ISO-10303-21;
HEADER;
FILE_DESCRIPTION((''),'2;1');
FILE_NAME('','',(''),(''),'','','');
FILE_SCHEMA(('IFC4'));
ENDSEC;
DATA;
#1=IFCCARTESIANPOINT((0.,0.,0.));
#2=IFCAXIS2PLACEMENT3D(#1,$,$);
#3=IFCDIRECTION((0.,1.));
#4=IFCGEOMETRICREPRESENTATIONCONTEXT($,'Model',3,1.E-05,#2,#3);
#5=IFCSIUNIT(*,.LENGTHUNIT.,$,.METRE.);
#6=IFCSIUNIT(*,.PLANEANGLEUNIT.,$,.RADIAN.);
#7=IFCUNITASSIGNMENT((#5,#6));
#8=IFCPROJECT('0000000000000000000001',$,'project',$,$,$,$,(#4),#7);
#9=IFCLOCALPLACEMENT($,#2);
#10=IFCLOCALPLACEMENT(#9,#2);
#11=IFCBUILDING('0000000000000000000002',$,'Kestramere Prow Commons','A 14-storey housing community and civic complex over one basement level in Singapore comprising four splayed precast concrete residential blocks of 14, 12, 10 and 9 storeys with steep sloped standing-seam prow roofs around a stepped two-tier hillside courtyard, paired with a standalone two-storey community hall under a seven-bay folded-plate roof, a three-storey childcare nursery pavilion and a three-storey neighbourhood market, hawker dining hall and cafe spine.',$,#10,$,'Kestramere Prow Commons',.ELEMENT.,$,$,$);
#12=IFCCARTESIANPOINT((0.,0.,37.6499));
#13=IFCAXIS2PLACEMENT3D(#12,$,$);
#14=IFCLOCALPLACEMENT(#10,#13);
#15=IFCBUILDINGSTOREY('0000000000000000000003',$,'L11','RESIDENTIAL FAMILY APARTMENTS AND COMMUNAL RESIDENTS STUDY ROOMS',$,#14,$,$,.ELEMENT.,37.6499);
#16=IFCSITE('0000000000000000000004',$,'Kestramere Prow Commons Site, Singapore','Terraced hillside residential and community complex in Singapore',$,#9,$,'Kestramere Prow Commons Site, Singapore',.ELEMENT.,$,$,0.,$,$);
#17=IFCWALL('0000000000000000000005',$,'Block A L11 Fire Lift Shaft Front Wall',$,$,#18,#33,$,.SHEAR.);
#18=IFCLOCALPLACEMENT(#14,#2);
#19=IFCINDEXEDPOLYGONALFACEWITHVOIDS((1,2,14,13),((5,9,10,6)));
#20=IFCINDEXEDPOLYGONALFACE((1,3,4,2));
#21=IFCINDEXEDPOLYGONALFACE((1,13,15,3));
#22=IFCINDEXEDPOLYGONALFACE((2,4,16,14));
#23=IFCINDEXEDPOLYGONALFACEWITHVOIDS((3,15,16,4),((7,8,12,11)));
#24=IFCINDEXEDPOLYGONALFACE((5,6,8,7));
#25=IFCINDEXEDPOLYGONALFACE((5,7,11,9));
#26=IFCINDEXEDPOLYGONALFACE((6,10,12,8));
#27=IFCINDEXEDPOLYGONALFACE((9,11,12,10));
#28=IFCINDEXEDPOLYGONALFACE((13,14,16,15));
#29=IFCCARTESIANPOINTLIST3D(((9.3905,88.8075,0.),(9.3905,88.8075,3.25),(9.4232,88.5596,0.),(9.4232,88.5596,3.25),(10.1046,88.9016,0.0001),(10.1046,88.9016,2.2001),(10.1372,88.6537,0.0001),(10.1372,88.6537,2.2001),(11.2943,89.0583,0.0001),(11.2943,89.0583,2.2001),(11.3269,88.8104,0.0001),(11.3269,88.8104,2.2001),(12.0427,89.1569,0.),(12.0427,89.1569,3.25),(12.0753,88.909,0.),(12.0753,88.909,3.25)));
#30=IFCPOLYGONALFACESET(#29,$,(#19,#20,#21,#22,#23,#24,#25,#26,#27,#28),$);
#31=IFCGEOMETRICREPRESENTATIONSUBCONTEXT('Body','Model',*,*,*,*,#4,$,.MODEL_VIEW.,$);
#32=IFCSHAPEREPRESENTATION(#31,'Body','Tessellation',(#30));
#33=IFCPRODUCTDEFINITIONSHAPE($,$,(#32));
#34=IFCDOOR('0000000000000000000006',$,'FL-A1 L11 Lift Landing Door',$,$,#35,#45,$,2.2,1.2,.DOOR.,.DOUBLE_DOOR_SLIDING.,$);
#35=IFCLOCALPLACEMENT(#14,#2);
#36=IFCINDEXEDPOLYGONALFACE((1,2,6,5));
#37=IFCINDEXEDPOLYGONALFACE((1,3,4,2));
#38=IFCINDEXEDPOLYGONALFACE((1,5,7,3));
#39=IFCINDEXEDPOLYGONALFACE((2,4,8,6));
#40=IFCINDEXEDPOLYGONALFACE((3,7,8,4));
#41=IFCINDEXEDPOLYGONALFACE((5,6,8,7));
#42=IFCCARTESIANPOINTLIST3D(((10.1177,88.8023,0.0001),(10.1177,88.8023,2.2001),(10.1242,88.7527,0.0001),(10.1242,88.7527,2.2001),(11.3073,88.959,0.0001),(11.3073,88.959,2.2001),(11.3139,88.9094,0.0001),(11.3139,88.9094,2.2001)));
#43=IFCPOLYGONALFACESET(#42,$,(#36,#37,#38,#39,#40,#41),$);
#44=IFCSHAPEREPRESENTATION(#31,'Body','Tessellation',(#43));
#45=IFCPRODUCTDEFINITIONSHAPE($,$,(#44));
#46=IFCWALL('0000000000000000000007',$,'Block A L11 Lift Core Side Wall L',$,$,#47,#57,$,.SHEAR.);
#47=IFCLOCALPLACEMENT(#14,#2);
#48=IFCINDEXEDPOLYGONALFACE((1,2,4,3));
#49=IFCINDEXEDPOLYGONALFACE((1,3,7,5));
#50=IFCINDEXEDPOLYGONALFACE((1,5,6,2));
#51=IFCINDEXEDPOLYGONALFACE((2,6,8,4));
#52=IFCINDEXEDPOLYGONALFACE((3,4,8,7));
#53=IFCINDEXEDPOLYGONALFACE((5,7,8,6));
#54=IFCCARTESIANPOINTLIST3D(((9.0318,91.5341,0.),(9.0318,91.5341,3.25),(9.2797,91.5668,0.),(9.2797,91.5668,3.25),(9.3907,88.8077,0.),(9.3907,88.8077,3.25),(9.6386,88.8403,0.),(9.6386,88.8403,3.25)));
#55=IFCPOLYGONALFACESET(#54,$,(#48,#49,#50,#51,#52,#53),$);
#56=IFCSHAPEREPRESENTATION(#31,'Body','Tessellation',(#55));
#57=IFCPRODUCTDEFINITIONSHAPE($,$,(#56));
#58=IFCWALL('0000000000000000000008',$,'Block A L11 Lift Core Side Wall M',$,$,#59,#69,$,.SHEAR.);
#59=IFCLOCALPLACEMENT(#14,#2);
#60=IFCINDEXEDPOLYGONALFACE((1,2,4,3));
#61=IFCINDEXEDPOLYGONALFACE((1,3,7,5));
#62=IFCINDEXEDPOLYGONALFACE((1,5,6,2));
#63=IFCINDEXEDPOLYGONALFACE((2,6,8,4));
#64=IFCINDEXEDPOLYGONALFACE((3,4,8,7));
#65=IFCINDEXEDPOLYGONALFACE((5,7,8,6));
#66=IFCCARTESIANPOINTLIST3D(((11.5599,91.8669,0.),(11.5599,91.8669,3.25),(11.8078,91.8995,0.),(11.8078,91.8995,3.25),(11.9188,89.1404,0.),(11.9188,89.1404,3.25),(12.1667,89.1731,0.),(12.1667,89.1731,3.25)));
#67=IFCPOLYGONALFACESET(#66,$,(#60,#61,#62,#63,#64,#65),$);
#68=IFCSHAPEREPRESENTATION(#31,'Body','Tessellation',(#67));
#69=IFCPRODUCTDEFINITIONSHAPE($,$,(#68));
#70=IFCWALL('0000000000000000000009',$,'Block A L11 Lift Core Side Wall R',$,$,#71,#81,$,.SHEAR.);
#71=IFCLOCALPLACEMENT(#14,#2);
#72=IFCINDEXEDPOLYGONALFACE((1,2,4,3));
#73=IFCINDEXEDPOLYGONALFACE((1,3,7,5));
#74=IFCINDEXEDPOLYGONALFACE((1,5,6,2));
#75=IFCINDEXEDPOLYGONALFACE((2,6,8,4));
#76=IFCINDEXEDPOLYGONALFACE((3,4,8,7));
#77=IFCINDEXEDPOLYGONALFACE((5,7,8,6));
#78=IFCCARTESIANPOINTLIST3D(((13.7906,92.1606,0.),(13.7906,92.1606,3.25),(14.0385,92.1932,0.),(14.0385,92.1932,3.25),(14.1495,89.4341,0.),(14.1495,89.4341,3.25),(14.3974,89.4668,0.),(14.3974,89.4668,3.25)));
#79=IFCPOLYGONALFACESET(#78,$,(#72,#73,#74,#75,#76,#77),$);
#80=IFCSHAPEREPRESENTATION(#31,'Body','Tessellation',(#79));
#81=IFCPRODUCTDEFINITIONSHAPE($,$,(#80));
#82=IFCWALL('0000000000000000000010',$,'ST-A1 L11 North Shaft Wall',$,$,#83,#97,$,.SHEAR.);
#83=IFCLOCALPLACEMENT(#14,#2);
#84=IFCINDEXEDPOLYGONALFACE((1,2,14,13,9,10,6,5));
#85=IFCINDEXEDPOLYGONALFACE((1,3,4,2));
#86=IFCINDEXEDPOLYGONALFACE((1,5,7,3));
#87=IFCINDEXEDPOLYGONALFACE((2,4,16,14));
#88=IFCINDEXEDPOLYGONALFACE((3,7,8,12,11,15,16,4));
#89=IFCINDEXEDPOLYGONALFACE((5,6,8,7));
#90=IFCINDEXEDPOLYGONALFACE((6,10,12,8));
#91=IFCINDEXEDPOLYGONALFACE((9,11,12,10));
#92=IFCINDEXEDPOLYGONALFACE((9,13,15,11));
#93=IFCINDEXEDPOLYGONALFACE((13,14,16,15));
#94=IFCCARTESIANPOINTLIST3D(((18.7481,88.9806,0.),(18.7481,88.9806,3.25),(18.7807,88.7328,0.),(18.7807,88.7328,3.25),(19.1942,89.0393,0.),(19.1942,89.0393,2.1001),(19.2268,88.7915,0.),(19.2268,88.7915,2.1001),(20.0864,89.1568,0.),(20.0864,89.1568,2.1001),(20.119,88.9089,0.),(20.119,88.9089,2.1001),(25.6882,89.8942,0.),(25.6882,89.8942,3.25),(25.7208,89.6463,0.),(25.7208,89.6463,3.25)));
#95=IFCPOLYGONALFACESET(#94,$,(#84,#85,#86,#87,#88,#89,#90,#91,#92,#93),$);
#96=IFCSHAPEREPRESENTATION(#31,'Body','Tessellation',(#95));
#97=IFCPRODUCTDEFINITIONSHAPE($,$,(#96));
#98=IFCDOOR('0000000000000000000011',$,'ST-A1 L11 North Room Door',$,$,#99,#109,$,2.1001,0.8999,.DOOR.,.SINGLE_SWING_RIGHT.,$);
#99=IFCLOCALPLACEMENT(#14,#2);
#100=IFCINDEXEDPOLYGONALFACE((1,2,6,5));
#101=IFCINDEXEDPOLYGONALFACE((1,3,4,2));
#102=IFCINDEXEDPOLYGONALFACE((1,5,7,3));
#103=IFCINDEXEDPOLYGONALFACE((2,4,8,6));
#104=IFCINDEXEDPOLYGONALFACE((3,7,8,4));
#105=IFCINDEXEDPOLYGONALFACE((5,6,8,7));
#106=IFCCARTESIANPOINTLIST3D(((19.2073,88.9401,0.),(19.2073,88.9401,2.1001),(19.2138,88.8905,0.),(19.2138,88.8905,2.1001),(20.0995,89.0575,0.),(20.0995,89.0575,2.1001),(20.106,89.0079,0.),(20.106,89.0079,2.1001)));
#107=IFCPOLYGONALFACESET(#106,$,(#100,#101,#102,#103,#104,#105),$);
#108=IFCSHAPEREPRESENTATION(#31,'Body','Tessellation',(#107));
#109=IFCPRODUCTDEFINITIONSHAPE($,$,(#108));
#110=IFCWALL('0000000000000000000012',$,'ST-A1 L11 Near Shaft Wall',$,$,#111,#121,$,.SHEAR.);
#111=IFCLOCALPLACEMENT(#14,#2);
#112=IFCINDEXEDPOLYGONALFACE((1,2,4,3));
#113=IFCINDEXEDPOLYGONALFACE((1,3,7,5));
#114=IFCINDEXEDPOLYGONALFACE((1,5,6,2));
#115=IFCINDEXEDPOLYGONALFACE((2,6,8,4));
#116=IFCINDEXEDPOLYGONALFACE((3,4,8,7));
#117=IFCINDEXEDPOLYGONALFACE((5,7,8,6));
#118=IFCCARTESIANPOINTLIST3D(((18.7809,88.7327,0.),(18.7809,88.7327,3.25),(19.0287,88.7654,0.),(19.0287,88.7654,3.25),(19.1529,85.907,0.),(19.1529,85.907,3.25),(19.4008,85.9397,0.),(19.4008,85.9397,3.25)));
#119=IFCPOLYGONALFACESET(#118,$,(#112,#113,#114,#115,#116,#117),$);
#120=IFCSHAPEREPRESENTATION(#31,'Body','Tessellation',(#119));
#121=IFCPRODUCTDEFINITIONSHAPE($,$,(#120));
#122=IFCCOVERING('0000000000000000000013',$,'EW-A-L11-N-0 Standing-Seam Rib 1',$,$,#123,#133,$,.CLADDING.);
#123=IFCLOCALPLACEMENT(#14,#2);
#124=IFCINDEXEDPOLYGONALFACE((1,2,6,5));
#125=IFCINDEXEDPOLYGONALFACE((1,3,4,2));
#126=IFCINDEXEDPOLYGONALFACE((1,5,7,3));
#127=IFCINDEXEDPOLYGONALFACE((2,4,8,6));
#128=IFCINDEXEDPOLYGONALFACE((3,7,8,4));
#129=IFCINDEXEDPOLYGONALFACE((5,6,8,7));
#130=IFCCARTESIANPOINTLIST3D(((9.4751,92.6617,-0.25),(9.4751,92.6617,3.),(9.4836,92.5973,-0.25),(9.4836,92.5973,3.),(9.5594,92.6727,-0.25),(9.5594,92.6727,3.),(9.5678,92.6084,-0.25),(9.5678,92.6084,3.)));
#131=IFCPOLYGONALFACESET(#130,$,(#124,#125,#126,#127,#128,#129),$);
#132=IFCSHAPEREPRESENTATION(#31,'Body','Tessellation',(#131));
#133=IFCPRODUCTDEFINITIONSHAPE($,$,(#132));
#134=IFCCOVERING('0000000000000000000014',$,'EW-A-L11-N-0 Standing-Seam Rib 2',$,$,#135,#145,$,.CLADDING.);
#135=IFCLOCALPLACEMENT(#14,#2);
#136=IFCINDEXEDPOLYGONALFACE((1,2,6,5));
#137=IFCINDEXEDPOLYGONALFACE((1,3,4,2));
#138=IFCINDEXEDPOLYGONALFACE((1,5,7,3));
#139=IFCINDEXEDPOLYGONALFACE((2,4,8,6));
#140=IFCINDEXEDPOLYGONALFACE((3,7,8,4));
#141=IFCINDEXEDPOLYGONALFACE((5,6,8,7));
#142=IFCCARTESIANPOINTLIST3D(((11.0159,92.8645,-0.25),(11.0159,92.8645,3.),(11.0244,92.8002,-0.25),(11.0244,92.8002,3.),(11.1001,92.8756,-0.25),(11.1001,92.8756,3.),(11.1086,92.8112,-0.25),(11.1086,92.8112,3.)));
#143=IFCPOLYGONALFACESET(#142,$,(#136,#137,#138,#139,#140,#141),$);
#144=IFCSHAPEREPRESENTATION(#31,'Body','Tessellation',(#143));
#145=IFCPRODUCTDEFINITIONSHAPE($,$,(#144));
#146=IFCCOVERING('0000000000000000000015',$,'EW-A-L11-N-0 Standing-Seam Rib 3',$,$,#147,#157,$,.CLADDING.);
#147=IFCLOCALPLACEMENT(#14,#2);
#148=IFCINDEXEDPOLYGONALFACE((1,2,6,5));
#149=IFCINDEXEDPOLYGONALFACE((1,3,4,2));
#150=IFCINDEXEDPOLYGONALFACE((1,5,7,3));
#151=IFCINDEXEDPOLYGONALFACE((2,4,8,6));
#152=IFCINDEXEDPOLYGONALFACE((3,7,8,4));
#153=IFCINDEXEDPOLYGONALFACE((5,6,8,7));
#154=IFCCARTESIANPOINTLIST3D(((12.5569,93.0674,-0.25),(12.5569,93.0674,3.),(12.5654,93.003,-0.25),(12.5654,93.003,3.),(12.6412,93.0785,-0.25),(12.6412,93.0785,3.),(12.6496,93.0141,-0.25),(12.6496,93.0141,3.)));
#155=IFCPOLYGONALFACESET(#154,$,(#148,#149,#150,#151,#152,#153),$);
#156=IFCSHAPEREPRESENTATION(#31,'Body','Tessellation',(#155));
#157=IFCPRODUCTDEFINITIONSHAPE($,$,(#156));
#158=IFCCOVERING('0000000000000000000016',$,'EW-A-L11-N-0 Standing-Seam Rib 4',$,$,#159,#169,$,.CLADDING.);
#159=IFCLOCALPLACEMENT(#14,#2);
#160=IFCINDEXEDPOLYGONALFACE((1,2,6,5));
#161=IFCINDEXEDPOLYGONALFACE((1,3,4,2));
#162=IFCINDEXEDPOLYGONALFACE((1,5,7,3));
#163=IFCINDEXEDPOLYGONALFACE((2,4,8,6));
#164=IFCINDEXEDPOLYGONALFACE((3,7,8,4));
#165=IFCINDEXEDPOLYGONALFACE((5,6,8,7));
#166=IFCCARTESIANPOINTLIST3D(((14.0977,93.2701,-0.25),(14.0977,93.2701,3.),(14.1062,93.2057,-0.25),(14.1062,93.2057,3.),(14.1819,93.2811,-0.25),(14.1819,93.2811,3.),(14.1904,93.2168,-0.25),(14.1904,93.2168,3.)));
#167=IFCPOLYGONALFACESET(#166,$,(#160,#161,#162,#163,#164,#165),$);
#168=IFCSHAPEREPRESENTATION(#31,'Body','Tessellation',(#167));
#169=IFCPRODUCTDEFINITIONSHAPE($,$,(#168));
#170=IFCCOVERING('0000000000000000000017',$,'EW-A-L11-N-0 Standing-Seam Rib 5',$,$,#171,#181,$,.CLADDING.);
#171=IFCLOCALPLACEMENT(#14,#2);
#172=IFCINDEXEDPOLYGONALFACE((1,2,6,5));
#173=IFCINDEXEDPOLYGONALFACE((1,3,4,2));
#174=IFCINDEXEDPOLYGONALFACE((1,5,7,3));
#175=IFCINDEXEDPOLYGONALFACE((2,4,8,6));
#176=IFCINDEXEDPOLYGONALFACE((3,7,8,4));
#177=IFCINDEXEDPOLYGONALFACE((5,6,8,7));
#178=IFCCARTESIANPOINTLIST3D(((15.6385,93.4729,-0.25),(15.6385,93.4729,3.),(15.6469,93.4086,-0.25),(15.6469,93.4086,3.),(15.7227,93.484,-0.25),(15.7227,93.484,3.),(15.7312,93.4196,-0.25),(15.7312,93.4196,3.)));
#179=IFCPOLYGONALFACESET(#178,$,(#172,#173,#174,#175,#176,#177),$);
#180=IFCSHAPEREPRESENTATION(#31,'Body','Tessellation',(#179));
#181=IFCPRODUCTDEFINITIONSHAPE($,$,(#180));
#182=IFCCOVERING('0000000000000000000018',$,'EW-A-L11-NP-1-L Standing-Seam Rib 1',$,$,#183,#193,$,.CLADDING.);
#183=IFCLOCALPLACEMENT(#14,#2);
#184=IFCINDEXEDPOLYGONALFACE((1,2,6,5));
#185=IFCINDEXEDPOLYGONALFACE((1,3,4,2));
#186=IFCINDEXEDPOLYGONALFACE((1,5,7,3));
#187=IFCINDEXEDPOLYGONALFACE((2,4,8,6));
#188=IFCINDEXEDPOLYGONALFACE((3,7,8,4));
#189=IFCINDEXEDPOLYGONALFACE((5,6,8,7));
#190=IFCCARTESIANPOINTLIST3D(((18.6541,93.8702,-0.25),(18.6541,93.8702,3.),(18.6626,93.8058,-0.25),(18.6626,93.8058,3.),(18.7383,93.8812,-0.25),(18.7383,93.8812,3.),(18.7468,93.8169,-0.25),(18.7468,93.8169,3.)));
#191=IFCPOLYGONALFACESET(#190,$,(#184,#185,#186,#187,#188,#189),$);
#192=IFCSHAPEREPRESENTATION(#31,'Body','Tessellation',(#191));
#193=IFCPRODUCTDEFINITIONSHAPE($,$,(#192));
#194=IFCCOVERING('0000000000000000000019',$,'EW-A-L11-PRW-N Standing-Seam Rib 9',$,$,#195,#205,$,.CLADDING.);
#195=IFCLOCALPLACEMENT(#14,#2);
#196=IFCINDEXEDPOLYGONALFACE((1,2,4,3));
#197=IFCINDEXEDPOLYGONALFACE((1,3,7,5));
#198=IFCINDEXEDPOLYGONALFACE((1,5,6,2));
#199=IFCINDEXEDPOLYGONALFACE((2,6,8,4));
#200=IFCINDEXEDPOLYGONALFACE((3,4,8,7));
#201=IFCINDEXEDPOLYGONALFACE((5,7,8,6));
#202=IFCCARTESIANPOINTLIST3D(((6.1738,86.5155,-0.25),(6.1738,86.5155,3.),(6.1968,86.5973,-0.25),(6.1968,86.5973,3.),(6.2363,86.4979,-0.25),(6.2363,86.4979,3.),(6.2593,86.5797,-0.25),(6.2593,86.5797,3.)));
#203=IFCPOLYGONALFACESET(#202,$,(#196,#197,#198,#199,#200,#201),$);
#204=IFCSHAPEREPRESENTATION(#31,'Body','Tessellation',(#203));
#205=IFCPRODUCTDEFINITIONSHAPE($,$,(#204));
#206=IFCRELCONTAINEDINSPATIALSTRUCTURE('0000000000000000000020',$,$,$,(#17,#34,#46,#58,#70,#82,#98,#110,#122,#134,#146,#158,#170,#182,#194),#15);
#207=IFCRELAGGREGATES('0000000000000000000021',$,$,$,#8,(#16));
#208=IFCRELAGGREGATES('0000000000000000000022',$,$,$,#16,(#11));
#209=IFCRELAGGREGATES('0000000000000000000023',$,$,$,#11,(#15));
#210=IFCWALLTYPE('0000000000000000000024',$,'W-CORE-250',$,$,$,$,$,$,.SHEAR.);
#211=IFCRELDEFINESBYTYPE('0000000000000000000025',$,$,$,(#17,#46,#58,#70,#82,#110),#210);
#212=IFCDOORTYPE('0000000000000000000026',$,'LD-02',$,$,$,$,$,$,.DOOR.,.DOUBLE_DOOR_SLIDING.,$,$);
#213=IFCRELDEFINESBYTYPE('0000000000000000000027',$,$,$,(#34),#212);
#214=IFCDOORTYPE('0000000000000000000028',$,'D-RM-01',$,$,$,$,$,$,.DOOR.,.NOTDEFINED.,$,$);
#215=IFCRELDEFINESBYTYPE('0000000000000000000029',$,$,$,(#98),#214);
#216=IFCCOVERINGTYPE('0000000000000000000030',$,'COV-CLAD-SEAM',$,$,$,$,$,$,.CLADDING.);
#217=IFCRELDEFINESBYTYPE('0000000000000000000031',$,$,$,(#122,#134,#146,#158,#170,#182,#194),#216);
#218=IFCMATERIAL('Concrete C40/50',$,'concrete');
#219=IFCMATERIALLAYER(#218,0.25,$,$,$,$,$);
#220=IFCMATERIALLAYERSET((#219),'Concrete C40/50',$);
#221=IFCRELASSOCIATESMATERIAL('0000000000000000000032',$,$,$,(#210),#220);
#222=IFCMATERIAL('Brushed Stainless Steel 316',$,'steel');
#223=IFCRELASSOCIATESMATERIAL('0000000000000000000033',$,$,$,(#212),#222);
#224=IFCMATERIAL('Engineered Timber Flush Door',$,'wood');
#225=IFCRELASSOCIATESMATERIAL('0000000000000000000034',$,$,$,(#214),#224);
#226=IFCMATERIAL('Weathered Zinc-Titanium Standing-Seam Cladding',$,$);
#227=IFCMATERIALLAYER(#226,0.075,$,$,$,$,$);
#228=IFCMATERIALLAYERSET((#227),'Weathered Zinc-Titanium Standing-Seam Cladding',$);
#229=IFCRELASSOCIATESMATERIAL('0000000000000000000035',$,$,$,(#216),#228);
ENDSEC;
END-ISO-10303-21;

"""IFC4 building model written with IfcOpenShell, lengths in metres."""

from ifc_helpers import new_model, si_unit, direction, frame, frame_2d, origin, origin_2d, place, context, subcontext, project, spatial, rectangle, extrude, material, layer, layer_set, type_object, element, fill, save


model = new_model("IFC4")

# Units and contexts
model_context = context("Model", 3, precision=1e-05, world=origin(), true_north=direction((0.0, 1.0)))
body_context = subcontext(model_context, "Body", "Model", "MODEL_VIEW")
ifc_project = project(units=[si_unit("LENGTHUNIT", "METRE"), si_unit("PLANEANGLEUNIT", "RADIAN")], contexts=[model_context])

# Site, building, storey
site_placement = place(None, origin())
site = spatial("IfcSite", under=ifc_project, at=site_placement, Name="Kestramere Prow Commons Site, Singapore", Description="Terraced hillside residential and community complex in Singapore", LongName="Kestramere Prow Commons Site, Singapore", CompositionType="ELEMENT", RefElevation=0.0)
building_placement = place(site_placement, origin())
building = spatial("IfcBuilding", under=site, at=building_placement, Name="Kestramere Prow Commons", Description="A 14-storey housing community and civic complex over one basement level in Singapore comprising four splayed precast concrete residential blocks of 14, 12, 10 and 9 storeys with steep sloped standing-seam prow roofs around a stepped two-tier hillside courtyard, paired with a standalone two-storey community hall under a seven-bay folded-plate roof, a three-storey childcare nursery pavilion and a three-storey neighbourhood market, hawker dining hall and cafe spine.", LongName="Kestramere Prow Commons", CompositionType="ELEMENT")
storey_placement = place(building_placement, frame((0.0, 0.0, 37.6499)))
storey = spatial("IfcBuildingStorey", under=building, at=storey_placement, Name="L11", Description="RESIDENTIAL FAMILY APARTMENTS AND COMMUNAL RESIDENTS STUDY ROOMS", CompositionType="ELEMENT", Elevation=37.6499)

# Shared definitions
ifc_material_1 = material(Name="Concrete C40/50", Category="concrete")
ifc_layer_1 = layer(ifc_material_1, 0.25)
ifc_layer_set_1 = layer_set([ifc_layer_1], Name="Concrete C40/50")
wall_type_1 = type_object("IfcWallType", Name="W-CORE-250", PredefinedType="SHEAR", material=ifc_layer_set_1)

# Wall, opening, door
wall_1_placement = place(storey_placement, frame((9.407, 88.6836, 0.0), z_axis=(0.0, 0.0, 1.0), x_axis=(0.991435, 0.130603, 0.0)))
wall_1 = element("IfcWall", 1, at=wall_1_placement, inside=storey, type_object=wall_type_1, Name="Block A L11 Fire Lift Shaft Front Wall", PredefinedType="SHEAR", context=body_context, shape_type="SweptSolid", body=[
    extrude(rectangle(XDim=2.675, YDim=0.25, at=frame_2d((1.3374, 0.0))), origin(), (0.0, 0.0, 1.0), 3.25),
])
opening_1_placement = place(wall_1_placement, frame((0.72, 0.0, 0.0)))
opening_1 = element("IfcOpeningElement", 2, at=opening_1_placement, cuts=wall_1, PredefinedType="OPENING", context=body_context, shape_type="SweptSolid", body=[
    extrude(rectangle(XDim=1.2, YDim=2.2, at=frame_2d((0.6001, 1.1001))), frame((0.0, 0.1399, 0.0), z_axis=(0.0, -1.0, 0.0), x_axis=(1.0, 0.0, 0.0)), (0.0, 0.0, 1.0), 0.28),
])
ifc_material_2 = material(Name="Brushed Stainless Steel 316", Category="steel")
door_type_1 = type_object("IfcDoorType", Name="LD-02", OperationType="DOUBLE_DOOR_SLIDING", PredefinedType="DOOR", material=ifc_material_2)
door_1_placement = place(opening_1_placement, origin())
door_1 = element("IfcDoor", 3, at=door_1_placement, inside=storey, type_object=door_type_1, Name="FL-A1 L11 Lift Landing Door", OperationType="DOUBLE_DOOR_SLIDING", OverallHeight=2.2, OverallWidth=1.2, PredefinedType="DOOR", context=body_context, shape_type="SweptSolid", body=[
    extrude(rectangle(XDim=1.2, YDim=2.2, at=frame_2d((0.6001, 1.1001))), frame((0.0, 0.0249, 0.0), z_axis=(0.0, -1.0, 0.0), x_axis=(1.0, 0.0, 0.0)), (0.0, 0.0, 1.0), 0.05),
])
fill(opening_1, door_1)

# Walls
for number, where, z_axis, x_axis, name in (
    (4, (9.5146, 88.824, 0.0), (0.0, 0.0, 1.0), (-0.1305, 0.991448, 0.0), "Block A L11 Lift Core Side Wall L"),
    (5, (12.0427, 89.1567, 0.0), (0.0, 0.0, 1.0), (-0.1305, 0.991448, 0.0), "Block A L11 Lift Core Side Wall M"),
    (6, (14.2734, 89.4504, 0.0), (0.0, 0.0, 1.0), (-0.1305, 0.991448, 0.0), "Block A L11 Lift Core Side Wall R"),
):
    element("IfcWall", number, at=place(storey_placement, frame(where, z_axis=z_axis, x_axis=x_axis)), inside=storey, type_object=wall_type_1, Name=name, PredefinedType="SHEAR", context=body_context, shape_type="SweptSolid", body=[
        extrude(rectangle(XDim=2.75, YDim=0.25, at=frame_2d((1.375, 0.0))), origin(), (0.0, 0.0, 1.0), 3.25),
    ])

# Wall, opening, door
wall_2_placement = place(storey_placement, frame((18.7644, 88.8567, 0.0), z_axis=(0.0, 0.0, 1.0), x_axis=(0.991447, 0.13051, 0.0)))
wall_2 = element("IfcWall", 7, at=wall_2_placement, inside=storey, type_object=wall_type_1, Name="ST-A1 L11 North Shaft Wall", PredefinedType="SHEAR", context=body_context, shape_type="SweptSolid", body=[
    extrude(rectangle(XDim=7.0, YDim=0.25, at=frame_2d((3.5, 0.0))), origin(), (0.0, 0.0, 1.0), 3.25),
])
opening_2_placement = place(wall_2_placement, frame((0.45, 0.0, 0.0)))
opening_2 = element("IfcOpeningElement", 8, at=opening_2_placement, cuts=wall_2, PredefinedType="OPENING", context=body_context, shape_type="SweptSolid", body=[
    extrude(rectangle(XDim=0.8999, YDim=2.1001, at=frame_2d((0.45, 1.05))), frame((0.0, 0.1399, 0.0), z_axis=(0.0, -1.0, 0.0), x_axis=(1.0, 0.0, 0.0)), (0.0, 0.0, 1.0), 0.28),
])
ifc_material_3 = material(Name="Engineered Timber Flush Door", Category="wood")
door_type_2 = type_object("IfcDoorType", Name="D-RM-01", OperationType="NOTDEFINED", PredefinedType="DOOR", material=ifc_material_3)
door_2_placement = place(opening_2_placement, origin())
door_2 = element("IfcDoor", 9, at=door_2_placement, inside=storey, type_object=door_type_2, Name="ST-A1 L11 North Room Door", OperationType="SINGLE_SWING_RIGHT", OverallHeight=2.1001, OverallWidth=0.8999, PredefinedType="DOOR", context=body_context, shape_type="SweptSolid", body=[
    extrude(rectangle(XDim=0.8999, YDim=2.1001, at=frame_2d((0.45, 1.05))), frame((0.0, 0.0249, 0.0), z_axis=(0.0, -1.0, 0.0), x_axis=(1.0, 0.0, 0.0)), (0.0, 0.0, 1.0), 0.05),
])
fill(opening_2, door_2)

# Wall
wall_3_placement = place(storey_placement, frame((19.2769, 85.9233, 0.0), z_axis=(0.0, 0.0, 1.0), x_axis=(-0.130548, 0.991442, 0.0)))
element("IfcWall", 10, at=wall_3_placement, inside=storey, type_object=wall_type_1, Name="ST-A1 L11 Near Shaft Wall", PredefinedType="SHEAR", context=body_context, shape_type="SweptSolid", body=[
    extrude(rectangle(XDim=2.8501, YDim=0.25, at=frame_2d((1.425, 0.0))), origin(), (0.0, 0.0, 1.0), 3.25),
])

# Coverings
ifc_material_4 = material(Name="Weathered Zinc-Titanium Standing-Seam Cladding")
ifc_layer_2 = layer(ifc_material_4, 0.075)
ifc_layer_set_2 = layer_set([ifc_layer_2], Name="Weathered Zinc-Titanium Standing-Seam Cladding")
covering_type = type_object("IfcCoveringType", Name="COV-CLAD-SEAM", PredefinedType="CLADDING", material=ifc_layer_set_2)
for number, where, z_axis, x_axis, name in (
    (11, (9.5215, 92.635, -0.25), (0.0, 0.0, 1.0), (0.991445, 0.130526, 0.0), "EW-A-L11-N-0 Standing-Seam Rib 1"),
    (12, (11.0623, 92.8379, -0.25), (0.0, 0.0, 1.0), (0.991445, 0.130526, 0.0), "EW-A-L11-N-0 Standing-Seam Rib 2"),
    (13, (12.6033, 93.0408, -0.25), (0.0, 0.0, 1.0), (0.991445, 0.130526, 0.0), "EW-A-L11-N-0 Standing-Seam Rib 3"),
    (14, (14.144, 93.2434, -0.25), (0.0, 0.0, 1.0), (0.991445, 0.130526, 0.0), "EW-A-L11-N-0 Standing-Seam Rib 4"),
    (15, (15.6848, 93.4463, -0.25), (0.0, 0.0, 1.0), (0.991445, 0.130526, 0.0), "EW-A-L11-N-0 Standing-Seam Rib 5"),
    (16, (18.7004, 93.8435, -0.25), (0.0, 0.0, 1.0), (0.991445, 0.130526, 0.0), "EW-A-L11-NP-1-L Standing-Seam Rib 1"),
    (17, (6.2166, 86.5476, -0.25), (0.0, 0.0, 1.0), (0.27116, 0.962534, 0.0), "EW-A-L11-PRW-N Standing-Seam Rib 9"),
):
    element("IfcCovering", number, at=place(storey_placement, frame(where, z_axis=z_axis, x_axis=x_axis)), inside=storey, type_object=covering_type, Name=name, PredefinedType="CLADDING", context=body_context, shape_type="SweptSolid", body=[
        extrude(rectangle(XDim=0.085, YDim=0.0649, at=origin_2d()), origin(), (0.0, 0.0, 1.0), 3.25),
    ])

save(model, "model.ifc")
